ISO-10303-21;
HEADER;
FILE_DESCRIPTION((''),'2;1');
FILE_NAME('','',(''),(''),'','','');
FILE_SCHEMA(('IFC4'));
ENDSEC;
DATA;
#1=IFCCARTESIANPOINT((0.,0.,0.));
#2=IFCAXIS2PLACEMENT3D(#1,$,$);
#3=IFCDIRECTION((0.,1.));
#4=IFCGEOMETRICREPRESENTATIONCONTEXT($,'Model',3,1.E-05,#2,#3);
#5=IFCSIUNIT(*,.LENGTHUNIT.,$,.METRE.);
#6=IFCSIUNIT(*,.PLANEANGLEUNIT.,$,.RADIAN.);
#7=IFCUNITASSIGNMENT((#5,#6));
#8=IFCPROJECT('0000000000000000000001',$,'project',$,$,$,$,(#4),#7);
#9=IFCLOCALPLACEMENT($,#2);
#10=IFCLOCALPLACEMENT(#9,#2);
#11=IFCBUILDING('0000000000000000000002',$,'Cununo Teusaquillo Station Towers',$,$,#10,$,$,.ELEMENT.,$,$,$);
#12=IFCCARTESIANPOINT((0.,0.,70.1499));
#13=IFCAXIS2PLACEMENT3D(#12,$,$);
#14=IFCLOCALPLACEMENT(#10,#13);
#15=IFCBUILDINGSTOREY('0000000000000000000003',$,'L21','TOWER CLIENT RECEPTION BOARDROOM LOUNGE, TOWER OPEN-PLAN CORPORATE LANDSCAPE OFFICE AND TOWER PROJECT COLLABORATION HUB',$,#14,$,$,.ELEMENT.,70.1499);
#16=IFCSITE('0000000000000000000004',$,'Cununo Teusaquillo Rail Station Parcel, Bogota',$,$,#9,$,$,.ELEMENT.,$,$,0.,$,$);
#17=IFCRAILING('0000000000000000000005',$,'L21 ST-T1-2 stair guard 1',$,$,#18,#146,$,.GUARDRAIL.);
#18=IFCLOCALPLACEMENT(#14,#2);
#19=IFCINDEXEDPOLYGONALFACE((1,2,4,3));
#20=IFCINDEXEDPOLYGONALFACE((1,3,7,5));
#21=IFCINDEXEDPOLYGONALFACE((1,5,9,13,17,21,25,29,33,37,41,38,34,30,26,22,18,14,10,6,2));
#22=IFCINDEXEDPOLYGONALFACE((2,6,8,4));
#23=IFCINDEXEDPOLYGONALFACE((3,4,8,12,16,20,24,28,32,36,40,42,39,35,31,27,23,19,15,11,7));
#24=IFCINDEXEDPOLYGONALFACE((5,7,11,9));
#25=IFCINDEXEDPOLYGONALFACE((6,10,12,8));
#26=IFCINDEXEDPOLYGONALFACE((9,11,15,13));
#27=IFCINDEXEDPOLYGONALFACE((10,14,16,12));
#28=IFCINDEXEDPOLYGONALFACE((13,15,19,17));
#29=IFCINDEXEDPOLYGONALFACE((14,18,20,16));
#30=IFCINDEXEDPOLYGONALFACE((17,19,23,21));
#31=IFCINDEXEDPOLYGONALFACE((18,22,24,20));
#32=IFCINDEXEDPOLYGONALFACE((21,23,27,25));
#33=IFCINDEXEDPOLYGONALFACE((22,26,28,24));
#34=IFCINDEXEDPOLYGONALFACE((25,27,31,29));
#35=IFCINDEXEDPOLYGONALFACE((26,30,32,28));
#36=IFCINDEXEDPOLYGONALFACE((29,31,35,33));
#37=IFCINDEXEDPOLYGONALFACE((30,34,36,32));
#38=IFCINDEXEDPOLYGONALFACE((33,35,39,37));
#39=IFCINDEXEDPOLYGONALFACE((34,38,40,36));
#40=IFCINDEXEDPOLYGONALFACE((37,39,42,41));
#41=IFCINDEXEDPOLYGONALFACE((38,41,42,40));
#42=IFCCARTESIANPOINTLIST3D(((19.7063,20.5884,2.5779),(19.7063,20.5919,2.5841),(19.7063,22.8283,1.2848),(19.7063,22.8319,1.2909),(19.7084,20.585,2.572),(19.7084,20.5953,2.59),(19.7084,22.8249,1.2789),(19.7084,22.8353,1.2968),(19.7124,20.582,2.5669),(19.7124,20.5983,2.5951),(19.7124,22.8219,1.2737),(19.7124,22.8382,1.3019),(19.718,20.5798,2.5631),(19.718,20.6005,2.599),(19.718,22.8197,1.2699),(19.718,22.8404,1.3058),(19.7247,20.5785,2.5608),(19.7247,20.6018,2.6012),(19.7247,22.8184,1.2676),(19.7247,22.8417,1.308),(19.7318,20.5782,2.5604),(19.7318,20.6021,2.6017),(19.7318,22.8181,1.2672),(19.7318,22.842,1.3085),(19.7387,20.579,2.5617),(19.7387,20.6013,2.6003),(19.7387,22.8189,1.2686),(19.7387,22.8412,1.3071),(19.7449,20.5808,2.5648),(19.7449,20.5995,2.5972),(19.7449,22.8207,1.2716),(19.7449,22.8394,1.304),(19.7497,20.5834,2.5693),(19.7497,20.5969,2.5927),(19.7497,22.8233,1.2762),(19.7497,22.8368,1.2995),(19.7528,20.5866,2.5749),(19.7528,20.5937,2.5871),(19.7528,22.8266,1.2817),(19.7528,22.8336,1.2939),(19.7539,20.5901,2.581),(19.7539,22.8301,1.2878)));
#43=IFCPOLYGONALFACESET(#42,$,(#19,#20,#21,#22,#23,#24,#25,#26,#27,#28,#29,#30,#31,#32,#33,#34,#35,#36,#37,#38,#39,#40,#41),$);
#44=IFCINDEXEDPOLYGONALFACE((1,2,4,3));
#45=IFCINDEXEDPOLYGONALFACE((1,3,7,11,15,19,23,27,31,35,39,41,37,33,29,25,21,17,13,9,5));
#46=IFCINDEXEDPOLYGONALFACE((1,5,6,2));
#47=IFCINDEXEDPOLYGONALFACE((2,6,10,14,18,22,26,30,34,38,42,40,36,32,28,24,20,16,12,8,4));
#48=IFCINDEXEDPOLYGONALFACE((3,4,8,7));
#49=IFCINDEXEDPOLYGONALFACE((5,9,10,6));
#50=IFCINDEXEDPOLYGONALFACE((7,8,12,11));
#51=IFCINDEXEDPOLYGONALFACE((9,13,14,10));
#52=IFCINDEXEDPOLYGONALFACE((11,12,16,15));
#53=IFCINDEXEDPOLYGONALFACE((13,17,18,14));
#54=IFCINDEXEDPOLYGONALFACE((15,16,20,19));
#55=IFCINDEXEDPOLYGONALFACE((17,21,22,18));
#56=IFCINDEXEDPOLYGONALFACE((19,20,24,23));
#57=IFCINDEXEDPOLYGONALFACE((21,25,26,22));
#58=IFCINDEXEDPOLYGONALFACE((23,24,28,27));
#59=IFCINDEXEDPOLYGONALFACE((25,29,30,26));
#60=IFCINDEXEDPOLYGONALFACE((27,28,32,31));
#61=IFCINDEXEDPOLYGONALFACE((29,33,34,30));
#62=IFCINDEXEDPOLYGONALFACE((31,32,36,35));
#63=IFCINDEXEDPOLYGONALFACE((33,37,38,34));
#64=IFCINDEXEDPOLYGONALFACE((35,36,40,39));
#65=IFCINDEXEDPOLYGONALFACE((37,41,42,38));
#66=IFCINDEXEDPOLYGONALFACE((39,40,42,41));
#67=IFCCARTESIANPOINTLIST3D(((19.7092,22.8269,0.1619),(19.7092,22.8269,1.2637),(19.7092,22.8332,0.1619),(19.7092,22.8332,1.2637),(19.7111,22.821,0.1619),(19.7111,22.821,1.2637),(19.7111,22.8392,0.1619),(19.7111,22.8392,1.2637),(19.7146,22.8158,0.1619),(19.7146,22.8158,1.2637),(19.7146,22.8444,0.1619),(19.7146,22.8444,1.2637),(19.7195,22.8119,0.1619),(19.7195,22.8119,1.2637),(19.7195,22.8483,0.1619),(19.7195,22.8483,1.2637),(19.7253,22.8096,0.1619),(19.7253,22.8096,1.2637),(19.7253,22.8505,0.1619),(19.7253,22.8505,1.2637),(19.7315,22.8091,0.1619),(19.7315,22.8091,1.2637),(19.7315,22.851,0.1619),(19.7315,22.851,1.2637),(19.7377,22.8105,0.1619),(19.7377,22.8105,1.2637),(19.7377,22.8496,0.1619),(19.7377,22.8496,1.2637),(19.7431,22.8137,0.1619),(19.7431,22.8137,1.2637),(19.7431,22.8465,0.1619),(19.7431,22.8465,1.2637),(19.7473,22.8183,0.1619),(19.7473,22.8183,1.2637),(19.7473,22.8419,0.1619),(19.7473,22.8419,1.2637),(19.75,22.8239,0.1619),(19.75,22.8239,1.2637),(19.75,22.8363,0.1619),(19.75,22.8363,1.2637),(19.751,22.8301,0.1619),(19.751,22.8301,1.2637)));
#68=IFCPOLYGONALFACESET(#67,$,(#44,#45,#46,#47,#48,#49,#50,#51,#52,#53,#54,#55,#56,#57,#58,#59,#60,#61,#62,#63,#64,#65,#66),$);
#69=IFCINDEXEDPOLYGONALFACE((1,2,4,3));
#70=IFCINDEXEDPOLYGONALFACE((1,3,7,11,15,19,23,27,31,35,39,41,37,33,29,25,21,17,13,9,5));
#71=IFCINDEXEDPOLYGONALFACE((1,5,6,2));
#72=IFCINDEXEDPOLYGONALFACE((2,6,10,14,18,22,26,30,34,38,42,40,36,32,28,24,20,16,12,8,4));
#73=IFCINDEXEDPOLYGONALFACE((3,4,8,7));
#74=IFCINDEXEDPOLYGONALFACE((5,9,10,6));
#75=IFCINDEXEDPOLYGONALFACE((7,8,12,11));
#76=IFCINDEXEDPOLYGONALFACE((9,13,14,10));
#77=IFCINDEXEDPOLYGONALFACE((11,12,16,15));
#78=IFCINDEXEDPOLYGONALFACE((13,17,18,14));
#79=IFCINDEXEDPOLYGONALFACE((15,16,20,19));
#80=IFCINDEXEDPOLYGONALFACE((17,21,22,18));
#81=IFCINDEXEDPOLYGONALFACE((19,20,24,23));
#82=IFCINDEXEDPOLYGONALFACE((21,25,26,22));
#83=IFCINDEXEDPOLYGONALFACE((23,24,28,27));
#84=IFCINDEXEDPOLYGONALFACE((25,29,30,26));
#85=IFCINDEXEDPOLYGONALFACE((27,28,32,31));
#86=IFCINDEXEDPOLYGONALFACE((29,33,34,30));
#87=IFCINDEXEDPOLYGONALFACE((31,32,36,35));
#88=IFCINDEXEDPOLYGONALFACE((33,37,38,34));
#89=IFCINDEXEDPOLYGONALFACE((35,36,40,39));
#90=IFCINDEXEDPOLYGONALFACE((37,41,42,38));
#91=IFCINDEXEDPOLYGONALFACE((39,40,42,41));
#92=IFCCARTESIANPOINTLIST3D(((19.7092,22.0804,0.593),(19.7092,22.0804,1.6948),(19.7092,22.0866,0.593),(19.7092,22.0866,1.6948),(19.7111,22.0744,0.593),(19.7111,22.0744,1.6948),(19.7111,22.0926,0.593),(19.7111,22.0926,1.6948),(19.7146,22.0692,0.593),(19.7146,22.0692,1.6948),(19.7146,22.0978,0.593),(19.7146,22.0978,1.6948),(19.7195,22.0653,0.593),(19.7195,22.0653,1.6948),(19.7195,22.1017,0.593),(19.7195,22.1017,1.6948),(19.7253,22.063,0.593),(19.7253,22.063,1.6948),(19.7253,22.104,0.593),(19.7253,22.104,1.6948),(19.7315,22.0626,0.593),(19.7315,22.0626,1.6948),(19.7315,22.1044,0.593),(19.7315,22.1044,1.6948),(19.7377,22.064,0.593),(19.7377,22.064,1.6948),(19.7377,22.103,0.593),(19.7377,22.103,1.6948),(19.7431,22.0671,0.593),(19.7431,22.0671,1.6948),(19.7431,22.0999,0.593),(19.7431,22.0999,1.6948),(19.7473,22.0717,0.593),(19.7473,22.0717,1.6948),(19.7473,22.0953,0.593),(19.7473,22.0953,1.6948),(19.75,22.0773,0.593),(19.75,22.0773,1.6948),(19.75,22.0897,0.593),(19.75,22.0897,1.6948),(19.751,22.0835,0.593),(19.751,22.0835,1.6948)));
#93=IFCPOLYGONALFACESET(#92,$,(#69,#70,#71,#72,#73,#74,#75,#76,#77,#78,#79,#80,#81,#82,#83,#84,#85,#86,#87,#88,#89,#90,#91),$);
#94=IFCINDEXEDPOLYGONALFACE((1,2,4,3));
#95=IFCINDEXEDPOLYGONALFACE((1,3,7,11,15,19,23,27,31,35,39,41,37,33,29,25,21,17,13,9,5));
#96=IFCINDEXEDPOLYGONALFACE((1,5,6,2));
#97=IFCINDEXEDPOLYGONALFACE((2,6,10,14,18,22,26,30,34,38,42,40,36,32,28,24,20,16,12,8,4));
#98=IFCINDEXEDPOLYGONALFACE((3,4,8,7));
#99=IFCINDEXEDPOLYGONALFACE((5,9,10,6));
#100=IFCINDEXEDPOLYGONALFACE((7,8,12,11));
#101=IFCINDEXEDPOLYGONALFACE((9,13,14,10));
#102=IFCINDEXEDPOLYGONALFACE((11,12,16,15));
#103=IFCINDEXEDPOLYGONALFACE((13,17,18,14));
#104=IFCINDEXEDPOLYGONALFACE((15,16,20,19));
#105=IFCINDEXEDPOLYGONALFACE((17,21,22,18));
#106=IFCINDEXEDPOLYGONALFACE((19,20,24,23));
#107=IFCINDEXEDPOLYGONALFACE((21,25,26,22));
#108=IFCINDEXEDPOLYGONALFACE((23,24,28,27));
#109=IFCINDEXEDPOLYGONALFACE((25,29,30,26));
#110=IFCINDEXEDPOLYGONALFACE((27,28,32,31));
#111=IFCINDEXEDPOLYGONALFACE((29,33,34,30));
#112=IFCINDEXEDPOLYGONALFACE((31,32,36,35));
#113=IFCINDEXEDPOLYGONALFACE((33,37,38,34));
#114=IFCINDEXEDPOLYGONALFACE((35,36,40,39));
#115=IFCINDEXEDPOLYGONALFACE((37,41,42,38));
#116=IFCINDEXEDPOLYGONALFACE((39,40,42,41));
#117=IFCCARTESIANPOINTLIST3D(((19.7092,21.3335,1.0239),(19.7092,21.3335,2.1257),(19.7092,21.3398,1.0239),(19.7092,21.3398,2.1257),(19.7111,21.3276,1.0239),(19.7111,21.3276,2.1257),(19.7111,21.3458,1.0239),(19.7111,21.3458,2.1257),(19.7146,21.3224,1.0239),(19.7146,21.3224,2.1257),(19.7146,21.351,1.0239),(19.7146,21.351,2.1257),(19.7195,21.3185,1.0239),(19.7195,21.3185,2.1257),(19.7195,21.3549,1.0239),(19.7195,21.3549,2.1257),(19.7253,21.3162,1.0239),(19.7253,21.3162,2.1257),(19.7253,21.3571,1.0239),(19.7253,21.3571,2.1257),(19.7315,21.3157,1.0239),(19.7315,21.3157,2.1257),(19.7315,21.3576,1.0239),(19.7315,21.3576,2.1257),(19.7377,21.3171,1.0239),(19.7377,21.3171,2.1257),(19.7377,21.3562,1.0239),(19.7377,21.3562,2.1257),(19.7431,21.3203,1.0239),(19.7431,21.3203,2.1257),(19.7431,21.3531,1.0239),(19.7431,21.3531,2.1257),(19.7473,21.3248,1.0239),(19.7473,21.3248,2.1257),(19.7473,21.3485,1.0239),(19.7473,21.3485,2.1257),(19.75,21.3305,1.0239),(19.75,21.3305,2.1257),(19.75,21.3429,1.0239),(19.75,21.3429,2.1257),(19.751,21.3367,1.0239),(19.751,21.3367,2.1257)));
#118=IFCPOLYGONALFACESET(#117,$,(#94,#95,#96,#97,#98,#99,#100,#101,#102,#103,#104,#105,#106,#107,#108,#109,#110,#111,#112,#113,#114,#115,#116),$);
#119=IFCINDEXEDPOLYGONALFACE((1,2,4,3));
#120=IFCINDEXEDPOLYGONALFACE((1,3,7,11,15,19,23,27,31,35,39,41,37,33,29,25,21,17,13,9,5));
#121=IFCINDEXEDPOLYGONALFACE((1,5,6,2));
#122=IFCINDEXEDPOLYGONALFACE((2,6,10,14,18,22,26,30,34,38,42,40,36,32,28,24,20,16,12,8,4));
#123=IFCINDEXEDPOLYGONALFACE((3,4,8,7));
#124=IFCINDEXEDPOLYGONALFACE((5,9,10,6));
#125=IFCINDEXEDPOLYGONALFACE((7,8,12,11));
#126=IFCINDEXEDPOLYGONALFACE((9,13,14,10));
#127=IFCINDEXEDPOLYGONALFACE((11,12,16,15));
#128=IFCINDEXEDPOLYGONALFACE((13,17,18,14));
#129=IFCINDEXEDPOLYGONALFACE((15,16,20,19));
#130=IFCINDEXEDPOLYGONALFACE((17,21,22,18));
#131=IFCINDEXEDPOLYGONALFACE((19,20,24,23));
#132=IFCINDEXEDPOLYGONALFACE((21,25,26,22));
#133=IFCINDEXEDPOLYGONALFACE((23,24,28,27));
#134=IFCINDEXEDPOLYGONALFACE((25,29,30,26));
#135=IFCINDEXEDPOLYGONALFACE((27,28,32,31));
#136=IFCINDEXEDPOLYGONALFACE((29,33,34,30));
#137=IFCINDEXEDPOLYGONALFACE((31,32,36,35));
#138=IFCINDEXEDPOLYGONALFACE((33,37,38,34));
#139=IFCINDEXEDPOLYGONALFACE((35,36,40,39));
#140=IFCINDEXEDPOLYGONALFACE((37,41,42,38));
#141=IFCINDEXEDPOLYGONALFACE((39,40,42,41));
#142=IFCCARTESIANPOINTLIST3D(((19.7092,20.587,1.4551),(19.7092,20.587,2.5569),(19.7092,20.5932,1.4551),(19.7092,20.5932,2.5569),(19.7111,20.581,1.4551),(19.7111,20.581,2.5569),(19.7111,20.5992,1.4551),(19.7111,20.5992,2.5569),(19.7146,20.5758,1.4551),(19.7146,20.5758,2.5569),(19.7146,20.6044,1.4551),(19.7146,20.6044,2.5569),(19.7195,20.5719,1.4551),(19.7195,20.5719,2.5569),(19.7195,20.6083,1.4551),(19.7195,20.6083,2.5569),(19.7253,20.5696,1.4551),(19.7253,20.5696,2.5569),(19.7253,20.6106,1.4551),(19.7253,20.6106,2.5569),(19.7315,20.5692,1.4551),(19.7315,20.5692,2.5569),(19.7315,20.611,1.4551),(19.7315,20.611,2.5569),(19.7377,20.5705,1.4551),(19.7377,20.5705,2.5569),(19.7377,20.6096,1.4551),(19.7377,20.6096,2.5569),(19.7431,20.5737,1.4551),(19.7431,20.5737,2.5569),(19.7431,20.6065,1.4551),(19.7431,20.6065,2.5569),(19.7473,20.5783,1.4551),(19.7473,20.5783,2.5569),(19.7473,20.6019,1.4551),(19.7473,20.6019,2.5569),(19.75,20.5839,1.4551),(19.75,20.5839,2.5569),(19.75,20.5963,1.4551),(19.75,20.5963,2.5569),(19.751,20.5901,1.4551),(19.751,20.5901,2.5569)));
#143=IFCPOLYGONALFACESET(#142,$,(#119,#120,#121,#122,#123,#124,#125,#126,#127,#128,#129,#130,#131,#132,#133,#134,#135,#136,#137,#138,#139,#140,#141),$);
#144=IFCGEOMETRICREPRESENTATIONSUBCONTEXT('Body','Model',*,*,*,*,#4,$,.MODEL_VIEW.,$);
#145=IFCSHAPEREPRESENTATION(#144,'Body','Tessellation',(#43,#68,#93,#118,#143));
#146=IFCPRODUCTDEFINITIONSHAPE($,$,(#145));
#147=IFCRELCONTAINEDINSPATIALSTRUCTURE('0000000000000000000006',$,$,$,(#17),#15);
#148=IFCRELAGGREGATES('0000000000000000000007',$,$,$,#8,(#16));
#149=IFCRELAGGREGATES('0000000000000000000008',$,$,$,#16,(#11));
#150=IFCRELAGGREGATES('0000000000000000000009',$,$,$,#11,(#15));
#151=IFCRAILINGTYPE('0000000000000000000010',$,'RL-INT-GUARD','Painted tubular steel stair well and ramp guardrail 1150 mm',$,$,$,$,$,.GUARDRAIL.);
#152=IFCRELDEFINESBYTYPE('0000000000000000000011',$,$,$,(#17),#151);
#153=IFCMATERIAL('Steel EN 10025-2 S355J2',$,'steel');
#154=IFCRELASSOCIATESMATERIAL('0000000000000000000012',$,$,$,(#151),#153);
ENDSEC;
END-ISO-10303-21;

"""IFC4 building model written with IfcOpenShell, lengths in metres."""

from ifc_helpers import new_model, si_unit, direction, frame, origin, origin_2d, place, context, subcontext, project, spatial, circle, extrude, material, type_object, element, save


model = new_model("IFC4")

# Units and contexts
model_context = context("Model", 3, precision=1e-05, world=origin(), true_north=direction((0.0, 1.0)))
body_context = subcontext(model_context, "Body", "Model", "MODEL_VIEW")
ifc_project = project(units=[si_unit("LENGTHUNIT", "METRE"), si_unit("PLANEANGLEUNIT", "RADIAN")], contexts=[model_context])

# Site, building, storey
site_placement = place(None, origin())
site = spatial("IfcSite", under=ifc_project, at=site_placement, Name="Cununo Teusaquillo Rail Station Parcel, Bogota", CompositionType="ELEMENT", RefElevation=0.0)
building_placement = place(site_placement, origin())
building = spatial("IfcBuilding", under=site, at=building_placement, Name="Cununo Teusaquillo Station Towers", CompositionType="ELEMENT")
storey_placement = place(building_placement, frame((0.0, 0.0, 70.1499)))
storey = spatial("IfcBuildingStorey", under=building, at=storey_placement, Name="L21", Description="TOWER CLIENT RECEPTION BOARDROOM LOUNGE, TOWER OPEN-PLAN CORPORATE LANDSCAPE OFFICE AND TOWER PROJECT COLLABORATION HUB", CompositionType="ELEMENT", Elevation=70.1499)

# Railing
ifc_material_1 = material(Name="Steel EN 10025-2 S355J2", Category="steel")
railing_type_1 = type_object("IfcRailingType", Name="RL-INT-GUARD", Description="Painted tubular steel stair well and ramp guardrail 1150 mm", PredefinedType="GUARDRAIL", material=ifc_material_1)
railing_1_placement = place(storey_placement, frame((19.73, 22.8301, 0.1619)))
element("IfcRailing", 1, at=railing_1_placement, inside=storey, type_object=railing_type_1, Name="L21 ST-T1-2 stair guard 1", PredefinedType="GUARDRAIL", context=body_context, shape_type="SweptSolid", body=[
    extrude(circle(Radius=0.0239, at=origin_2d()), frame((0.0, 0.0, 1.126), z_axis=(0.0, -0.866033, 0.499987), x_axis=(1.0, 0.0, 0.0)), (0.0, 0.0, 1.0), 2.5864),
    extrude(circle(Radius=0.021, at=origin_2d()), origin(), (0.0, 0.0, 1.0), 1.1018),
    extrude(circle(Radius=0.021, at=origin_2d()), frame((0.0, -0.7466, 0.4312)), (0.0, 0.0, 1.0), 1.1018),
    extrude(circle(Radius=0.021, at=origin_2d()), frame((0.0, -1.4934, 0.8621)), (0.0, 0.0, 1.0), 1.1018),
    extrude(circle(Radius=0.021, at=origin_2d()), frame((0.0, -2.24, 1.2932)), (0.0, 0.0, 1.0), 1.1018),
])

save(model, "model.ifc")
